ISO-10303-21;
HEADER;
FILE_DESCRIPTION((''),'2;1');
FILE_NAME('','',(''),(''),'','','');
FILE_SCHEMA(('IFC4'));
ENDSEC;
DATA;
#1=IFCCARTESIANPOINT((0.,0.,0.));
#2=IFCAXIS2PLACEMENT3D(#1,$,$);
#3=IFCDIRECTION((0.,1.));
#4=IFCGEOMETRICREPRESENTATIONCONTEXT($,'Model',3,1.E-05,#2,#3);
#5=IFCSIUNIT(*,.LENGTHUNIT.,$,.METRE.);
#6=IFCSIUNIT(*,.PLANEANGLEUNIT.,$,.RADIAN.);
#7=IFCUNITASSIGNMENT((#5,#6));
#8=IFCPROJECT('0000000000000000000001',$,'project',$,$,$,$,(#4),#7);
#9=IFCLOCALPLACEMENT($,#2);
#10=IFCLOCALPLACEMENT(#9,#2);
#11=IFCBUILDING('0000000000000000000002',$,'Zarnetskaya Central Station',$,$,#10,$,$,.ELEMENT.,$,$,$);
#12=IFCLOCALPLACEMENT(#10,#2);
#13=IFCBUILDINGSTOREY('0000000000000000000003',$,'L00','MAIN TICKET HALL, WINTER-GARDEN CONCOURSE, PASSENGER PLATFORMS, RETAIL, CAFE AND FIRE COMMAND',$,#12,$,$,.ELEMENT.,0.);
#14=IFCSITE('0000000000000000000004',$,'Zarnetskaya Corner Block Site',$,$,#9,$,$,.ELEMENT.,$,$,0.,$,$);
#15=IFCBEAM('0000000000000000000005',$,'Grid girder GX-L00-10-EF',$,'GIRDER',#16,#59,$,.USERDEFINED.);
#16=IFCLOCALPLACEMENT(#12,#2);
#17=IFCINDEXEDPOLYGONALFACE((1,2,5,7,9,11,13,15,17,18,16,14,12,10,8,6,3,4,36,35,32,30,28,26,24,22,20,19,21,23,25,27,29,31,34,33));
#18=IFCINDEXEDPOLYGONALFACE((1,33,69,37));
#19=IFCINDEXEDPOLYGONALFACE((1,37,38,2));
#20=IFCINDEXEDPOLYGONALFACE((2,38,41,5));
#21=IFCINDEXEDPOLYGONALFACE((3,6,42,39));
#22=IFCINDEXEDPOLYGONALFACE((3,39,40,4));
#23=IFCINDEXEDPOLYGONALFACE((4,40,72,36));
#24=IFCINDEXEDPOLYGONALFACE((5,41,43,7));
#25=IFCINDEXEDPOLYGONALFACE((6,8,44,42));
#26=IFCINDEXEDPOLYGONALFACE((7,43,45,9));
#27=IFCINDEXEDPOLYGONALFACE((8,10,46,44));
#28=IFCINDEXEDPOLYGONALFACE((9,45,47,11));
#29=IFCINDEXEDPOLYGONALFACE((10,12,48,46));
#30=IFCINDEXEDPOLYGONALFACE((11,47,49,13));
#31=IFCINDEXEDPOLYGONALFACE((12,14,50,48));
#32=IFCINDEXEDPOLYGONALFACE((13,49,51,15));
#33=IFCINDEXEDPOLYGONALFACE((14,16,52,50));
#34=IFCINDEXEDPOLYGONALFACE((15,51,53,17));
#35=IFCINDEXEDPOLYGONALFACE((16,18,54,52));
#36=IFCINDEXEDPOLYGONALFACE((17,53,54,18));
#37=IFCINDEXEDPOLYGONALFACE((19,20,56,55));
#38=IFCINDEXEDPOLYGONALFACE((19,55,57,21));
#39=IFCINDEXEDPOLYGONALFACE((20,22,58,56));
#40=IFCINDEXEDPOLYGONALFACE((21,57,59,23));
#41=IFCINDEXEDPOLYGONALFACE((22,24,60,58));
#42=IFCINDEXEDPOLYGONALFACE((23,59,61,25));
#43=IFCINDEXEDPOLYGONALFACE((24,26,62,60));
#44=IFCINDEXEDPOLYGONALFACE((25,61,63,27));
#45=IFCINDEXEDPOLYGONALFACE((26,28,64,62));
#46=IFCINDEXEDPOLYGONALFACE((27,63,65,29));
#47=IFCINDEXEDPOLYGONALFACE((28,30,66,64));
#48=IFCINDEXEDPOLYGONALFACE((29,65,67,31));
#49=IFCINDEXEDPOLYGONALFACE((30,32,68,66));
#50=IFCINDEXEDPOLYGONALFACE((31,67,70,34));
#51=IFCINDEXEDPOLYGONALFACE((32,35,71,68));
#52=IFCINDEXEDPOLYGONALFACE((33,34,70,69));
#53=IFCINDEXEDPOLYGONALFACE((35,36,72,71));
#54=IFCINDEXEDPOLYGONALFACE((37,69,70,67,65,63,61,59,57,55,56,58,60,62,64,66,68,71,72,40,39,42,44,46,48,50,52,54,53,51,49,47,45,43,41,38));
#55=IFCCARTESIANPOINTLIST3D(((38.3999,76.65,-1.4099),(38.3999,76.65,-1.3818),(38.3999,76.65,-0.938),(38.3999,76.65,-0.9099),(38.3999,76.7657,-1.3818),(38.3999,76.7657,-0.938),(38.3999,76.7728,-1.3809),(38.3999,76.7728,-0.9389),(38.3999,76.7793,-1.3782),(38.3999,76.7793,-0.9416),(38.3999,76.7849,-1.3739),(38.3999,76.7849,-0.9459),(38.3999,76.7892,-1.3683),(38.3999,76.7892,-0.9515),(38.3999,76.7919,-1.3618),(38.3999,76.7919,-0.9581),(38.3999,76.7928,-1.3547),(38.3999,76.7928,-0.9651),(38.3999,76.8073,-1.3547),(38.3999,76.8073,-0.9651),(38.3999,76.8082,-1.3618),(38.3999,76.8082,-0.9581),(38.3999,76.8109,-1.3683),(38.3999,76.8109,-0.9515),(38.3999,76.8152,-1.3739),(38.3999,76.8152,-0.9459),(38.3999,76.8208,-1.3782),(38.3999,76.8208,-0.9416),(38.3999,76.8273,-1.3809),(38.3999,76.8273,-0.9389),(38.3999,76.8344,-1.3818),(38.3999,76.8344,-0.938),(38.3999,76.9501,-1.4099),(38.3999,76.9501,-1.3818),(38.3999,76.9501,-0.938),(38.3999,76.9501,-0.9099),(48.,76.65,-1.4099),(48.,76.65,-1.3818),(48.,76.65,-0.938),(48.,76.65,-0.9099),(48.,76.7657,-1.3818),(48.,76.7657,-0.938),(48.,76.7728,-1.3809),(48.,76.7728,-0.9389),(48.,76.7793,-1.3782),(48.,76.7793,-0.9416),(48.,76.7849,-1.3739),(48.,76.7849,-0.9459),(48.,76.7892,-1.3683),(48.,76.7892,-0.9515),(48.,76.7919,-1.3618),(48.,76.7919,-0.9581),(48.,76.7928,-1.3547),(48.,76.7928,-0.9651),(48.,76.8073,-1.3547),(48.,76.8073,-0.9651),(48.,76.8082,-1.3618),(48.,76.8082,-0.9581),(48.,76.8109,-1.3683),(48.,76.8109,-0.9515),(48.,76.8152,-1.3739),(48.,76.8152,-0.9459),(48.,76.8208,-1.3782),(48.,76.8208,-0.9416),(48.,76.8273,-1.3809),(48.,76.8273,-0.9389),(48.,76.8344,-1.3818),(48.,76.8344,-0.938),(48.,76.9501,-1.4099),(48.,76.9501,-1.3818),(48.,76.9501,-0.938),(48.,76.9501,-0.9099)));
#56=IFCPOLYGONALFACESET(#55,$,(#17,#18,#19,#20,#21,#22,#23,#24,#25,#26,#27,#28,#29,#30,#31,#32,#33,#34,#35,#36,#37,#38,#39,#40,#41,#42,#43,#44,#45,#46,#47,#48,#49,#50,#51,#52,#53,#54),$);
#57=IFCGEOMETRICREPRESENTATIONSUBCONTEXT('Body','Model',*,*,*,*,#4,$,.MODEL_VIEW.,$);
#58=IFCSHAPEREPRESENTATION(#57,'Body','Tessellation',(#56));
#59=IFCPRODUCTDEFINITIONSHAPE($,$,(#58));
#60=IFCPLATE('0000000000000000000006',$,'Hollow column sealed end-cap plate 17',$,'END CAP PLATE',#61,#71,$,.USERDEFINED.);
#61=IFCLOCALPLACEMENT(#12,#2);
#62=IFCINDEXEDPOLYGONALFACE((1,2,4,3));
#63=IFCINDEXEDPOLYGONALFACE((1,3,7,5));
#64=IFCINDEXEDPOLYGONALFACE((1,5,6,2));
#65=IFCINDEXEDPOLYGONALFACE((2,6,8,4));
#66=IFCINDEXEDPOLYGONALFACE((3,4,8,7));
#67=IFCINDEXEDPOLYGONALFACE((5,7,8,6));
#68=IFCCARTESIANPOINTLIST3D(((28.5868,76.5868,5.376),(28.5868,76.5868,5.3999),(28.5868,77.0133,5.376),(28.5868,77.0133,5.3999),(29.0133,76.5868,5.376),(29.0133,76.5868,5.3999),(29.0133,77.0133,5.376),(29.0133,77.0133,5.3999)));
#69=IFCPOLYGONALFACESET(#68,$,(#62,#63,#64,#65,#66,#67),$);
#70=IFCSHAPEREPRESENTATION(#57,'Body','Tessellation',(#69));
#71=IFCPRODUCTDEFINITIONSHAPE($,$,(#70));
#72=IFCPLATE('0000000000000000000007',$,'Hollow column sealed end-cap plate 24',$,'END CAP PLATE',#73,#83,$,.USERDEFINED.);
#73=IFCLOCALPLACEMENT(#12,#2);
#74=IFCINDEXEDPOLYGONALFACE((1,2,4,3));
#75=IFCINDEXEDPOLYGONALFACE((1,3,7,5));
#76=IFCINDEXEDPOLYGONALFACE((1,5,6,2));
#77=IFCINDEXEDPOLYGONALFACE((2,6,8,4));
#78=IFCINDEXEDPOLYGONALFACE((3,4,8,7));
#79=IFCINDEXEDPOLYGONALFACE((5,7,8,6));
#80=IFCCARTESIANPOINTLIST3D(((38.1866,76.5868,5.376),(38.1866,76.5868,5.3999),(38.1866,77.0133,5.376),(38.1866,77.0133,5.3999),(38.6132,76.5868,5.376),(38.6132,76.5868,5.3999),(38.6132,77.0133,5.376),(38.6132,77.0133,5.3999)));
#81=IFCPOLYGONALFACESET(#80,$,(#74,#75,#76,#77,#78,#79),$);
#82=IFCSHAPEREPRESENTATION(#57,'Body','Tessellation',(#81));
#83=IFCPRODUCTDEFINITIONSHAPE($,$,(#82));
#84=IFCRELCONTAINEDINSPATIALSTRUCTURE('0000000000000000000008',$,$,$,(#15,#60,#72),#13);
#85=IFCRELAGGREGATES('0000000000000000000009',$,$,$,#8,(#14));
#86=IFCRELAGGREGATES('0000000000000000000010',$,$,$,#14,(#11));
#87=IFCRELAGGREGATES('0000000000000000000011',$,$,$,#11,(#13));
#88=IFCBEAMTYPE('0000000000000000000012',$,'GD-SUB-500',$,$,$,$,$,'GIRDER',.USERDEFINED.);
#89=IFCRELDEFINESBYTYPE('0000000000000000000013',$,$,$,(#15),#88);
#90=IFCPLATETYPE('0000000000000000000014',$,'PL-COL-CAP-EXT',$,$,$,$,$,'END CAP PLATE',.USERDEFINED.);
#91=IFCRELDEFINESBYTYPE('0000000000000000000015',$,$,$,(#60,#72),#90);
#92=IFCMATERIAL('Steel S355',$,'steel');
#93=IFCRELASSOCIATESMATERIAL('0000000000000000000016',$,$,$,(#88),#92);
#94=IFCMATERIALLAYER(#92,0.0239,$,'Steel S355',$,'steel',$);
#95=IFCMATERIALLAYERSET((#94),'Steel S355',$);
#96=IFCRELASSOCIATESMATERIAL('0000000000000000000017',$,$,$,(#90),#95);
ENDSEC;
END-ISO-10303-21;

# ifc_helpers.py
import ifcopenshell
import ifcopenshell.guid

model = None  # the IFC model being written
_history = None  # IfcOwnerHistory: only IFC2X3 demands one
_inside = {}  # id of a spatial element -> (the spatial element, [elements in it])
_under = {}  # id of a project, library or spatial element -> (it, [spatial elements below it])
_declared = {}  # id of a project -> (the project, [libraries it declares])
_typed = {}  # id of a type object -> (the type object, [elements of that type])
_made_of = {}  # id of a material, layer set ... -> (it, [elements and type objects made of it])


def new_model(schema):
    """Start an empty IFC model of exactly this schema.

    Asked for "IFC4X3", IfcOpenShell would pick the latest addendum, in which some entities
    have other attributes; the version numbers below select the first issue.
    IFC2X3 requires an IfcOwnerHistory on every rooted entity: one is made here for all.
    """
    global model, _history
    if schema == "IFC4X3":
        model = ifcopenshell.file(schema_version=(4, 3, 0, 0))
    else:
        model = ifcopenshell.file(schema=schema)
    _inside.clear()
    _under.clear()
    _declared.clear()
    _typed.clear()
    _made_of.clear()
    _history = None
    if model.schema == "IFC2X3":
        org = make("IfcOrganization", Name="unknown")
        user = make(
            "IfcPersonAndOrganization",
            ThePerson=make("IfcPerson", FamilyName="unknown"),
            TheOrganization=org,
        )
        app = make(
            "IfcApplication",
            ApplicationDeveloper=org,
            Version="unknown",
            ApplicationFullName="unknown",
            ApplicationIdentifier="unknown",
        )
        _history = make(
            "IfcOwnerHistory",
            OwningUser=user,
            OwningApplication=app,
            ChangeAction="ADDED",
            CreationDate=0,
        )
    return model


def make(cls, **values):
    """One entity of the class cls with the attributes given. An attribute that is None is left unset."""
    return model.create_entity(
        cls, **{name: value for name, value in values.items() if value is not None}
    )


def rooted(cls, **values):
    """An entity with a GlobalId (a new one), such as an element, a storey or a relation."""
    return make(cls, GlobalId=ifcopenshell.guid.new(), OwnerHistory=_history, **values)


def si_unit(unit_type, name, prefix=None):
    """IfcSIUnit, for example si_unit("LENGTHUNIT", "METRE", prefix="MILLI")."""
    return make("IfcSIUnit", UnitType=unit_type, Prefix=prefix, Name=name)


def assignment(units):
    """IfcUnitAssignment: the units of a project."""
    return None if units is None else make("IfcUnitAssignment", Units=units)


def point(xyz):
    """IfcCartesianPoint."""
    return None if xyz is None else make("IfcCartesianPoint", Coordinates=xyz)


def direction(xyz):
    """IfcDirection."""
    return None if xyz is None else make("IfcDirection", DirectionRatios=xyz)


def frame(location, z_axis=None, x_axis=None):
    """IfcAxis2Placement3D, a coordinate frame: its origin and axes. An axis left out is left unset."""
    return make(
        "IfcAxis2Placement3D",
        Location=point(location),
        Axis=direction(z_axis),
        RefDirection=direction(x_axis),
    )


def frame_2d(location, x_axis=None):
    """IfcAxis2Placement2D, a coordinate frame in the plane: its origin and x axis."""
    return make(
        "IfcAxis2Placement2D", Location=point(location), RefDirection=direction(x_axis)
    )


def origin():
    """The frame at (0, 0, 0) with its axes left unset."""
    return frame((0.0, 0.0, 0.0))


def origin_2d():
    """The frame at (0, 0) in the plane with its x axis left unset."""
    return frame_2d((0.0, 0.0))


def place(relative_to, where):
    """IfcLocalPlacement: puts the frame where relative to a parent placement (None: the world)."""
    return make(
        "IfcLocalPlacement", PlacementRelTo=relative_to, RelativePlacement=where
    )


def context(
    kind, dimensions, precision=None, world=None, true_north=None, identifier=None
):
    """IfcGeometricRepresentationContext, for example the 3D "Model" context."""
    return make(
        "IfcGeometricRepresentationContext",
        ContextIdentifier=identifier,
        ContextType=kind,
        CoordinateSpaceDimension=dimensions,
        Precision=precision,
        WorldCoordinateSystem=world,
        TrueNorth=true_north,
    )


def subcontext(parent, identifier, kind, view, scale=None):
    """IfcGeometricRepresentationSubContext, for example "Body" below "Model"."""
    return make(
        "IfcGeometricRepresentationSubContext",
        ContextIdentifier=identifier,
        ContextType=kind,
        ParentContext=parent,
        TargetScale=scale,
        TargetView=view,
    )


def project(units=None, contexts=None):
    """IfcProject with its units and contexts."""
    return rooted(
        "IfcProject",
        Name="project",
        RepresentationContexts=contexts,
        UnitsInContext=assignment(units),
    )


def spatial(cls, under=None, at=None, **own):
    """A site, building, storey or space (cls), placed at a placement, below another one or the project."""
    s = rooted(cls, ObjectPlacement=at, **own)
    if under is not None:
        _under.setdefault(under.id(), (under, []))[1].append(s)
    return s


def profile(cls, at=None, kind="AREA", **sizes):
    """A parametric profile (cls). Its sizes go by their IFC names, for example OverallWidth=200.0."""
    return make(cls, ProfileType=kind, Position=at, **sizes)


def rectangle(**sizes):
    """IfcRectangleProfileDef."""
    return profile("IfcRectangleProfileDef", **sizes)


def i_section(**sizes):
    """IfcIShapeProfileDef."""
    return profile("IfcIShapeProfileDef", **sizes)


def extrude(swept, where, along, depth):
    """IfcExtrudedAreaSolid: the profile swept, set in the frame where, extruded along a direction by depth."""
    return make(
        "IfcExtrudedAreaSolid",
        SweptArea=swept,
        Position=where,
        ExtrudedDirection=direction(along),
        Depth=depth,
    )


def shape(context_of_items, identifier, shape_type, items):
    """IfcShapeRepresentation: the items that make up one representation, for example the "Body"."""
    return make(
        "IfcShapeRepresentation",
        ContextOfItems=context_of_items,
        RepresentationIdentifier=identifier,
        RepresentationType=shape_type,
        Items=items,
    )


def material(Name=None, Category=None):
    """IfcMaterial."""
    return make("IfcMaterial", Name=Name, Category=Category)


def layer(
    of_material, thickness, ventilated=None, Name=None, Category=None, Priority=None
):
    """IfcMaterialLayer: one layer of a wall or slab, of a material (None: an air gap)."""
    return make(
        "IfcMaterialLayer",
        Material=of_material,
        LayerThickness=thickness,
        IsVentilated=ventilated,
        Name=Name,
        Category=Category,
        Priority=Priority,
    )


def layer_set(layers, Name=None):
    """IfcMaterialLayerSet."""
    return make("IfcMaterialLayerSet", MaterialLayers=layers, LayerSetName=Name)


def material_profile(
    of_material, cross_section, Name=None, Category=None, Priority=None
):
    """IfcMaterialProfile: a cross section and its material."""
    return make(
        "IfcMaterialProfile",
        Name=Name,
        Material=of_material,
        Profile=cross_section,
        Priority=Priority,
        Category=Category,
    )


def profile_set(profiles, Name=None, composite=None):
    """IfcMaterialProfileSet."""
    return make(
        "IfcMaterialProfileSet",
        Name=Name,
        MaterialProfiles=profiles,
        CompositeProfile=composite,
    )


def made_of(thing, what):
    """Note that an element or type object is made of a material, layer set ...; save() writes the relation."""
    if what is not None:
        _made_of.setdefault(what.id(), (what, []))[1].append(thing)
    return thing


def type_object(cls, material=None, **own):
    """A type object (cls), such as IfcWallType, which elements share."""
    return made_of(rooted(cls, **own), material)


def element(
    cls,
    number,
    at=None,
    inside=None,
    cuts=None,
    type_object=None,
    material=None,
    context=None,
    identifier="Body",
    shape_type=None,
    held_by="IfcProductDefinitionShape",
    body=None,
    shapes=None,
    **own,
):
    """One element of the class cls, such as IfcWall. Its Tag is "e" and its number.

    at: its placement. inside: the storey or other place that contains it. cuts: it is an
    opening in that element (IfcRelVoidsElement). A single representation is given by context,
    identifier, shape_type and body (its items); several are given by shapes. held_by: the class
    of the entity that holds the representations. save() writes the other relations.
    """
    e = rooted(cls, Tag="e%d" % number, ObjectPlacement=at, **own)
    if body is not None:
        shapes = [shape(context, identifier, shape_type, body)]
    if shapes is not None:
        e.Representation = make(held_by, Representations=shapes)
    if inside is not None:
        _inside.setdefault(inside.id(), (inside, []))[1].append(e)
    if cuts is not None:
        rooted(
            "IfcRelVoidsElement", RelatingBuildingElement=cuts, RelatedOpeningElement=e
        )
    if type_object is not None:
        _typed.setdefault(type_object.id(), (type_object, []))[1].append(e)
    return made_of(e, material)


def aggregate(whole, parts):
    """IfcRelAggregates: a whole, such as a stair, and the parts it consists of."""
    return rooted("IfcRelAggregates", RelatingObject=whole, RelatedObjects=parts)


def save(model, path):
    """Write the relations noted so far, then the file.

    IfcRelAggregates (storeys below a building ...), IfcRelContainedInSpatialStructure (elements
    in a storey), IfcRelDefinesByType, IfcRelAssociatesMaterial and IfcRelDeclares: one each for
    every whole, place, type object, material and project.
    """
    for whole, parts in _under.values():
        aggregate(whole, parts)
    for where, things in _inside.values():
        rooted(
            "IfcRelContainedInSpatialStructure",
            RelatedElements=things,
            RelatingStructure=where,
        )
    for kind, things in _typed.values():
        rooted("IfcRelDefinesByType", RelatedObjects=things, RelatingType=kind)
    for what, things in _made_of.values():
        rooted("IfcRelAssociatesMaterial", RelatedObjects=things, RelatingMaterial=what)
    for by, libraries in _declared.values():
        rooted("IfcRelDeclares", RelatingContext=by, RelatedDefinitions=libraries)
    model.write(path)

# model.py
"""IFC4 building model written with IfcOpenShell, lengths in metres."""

from ifc_helpers import new_model, si_unit, direction, frame, origin, origin_2d, place, context, subcontext, project, spatial, rectangle, i_section, extrude, material, layer, layer_set, material_profile, profile_set, type_object, element, save


model = new_model("IFC4")

# Units and contexts
model_context = context("Model", 3, precision=1e-05, world=origin(), true_north=direction((0.0, 1.0)))
body_context = subcontext(model_context, "Body", "Model", "MODEL_VIEW")
ifc_project = project(units=[si_unit("LENGTHUNIT", "METRE"), si_unit("PLANEANGLEUNIT", "RADIAN")], contexts=[model_context])

# Site, building, storey
site_placement = place(None, origin())
site = spatial("IfcSite", under=ifc_project, at=site_placement, Name="Zarnetskaya Corner Block Site", CompositionType="ELEMENT", RefElevation=0.0)
building_placement = place(site_placement, origin())
building = spatial("IfcBuilding", under=site, at=building_placement, Name="Zarnetskaya Central Station", CompositionType="ELEMENT")
storey_placement = place(building_placement, origin())
storey = spatial("IfcBuildingStorey", under=building, at=storey_placement, Name="L00", Description="MAIN TICKET HALL, WINTER-GARDEN CONCOURSE, PASSENGER PLATFORMS, RETAIL, CAFE AND FIRE COMMAND", CompositionType="ELEMENT", Elevation=0.0)

# Shared definitions
ifc_material = material(Name="Steel S355", Category="steel")

# Beam
ifc_material_profile_1 = material_profile(ifc_material, i_section(OverallWidth=0.3, OverallDepth=0.5, WebThickness=0.0144, FlangeThickness=0.0281, FilletRadius=0.0271, at=origin_2d()), Name="HEB 500")
ifc_profile_set_1 = profile_set([ifc_material_profile_1], Name="Steel S355")
beam_type_1 = type_object("IfcBeamType", Name="GD-SUB-500", ElementType="GIRDER", PredefinedType="USERDEFINED", material=ifc_profile_set_1)
beam_1_placement = place(storey_placement, frame((38.3999, 76.8, -1.1599), z_axis=(1.0, 0.0, 0.0), x_axis=(0.0, 1.0, 0.0)))
element("IfcBeam", 1, at=beam_1_placement, inside=storey, type_object=beam_type_1, Name="Grid girder GX-L00-10-EF", ObjectType="GIRDER", PredefinedType="USERDEFINED", context=body_context, shape_type="SweptSolid", body=[
    extrude(i_section(OverallWidth=0.3, OverallDepth=0.5, WebThickness=0.0144, FlangeThickness=0.0281, FilletRadius=0.0271, at=origin_2d()), origin(), (0.0, 0.0, 1.0), 9.6001),
])

# Plates
ifc_layer = layer(ifc_material, 0.0239, Name="Steel S355", Category="steel")
ifc_layer_set = layer_set([ifc_layer], Name="Steel S355")
plate_type = type_object("IfcPlateType", Name="PL-COL-CAP-EXT", ElementType="END CAP PLATE", PredefinedType="USERDEFINED", material=ifc_layer_set)
for number, where, z_axis, x_axis, name in (
    (2, (28.8, 76.8, 5.376), (0.0, 0.0, 1.0), (1.0, 0.0, 0.0), "Hollow column sealed end-cap plate 17"),
    (3, (38.3999, 76.8, 5.376), (0.0, 0.0, 1.0), (1.0, 0.0, 0.0), "Hollow column sealed end-cap plate 24"),
):
    element("IfcPlate", number, at=place(storey_placement, frame(where, z_axis=z_axis, x_axis=x_axis)), inside=storey, type_object=plate_type, Name=name, ObjectType="END CAP PLATE", PredefinedType="USERDEFINED", context=body_context, shape_type="SweptSolid", body=[
        extrude(rectangle(XDim=0.4265, YDim=0.4265, at=origin_2d()), origin(), (0.0, 0.0, 1.0), 0.0239),
    ])

save(model, "model.ifc")
